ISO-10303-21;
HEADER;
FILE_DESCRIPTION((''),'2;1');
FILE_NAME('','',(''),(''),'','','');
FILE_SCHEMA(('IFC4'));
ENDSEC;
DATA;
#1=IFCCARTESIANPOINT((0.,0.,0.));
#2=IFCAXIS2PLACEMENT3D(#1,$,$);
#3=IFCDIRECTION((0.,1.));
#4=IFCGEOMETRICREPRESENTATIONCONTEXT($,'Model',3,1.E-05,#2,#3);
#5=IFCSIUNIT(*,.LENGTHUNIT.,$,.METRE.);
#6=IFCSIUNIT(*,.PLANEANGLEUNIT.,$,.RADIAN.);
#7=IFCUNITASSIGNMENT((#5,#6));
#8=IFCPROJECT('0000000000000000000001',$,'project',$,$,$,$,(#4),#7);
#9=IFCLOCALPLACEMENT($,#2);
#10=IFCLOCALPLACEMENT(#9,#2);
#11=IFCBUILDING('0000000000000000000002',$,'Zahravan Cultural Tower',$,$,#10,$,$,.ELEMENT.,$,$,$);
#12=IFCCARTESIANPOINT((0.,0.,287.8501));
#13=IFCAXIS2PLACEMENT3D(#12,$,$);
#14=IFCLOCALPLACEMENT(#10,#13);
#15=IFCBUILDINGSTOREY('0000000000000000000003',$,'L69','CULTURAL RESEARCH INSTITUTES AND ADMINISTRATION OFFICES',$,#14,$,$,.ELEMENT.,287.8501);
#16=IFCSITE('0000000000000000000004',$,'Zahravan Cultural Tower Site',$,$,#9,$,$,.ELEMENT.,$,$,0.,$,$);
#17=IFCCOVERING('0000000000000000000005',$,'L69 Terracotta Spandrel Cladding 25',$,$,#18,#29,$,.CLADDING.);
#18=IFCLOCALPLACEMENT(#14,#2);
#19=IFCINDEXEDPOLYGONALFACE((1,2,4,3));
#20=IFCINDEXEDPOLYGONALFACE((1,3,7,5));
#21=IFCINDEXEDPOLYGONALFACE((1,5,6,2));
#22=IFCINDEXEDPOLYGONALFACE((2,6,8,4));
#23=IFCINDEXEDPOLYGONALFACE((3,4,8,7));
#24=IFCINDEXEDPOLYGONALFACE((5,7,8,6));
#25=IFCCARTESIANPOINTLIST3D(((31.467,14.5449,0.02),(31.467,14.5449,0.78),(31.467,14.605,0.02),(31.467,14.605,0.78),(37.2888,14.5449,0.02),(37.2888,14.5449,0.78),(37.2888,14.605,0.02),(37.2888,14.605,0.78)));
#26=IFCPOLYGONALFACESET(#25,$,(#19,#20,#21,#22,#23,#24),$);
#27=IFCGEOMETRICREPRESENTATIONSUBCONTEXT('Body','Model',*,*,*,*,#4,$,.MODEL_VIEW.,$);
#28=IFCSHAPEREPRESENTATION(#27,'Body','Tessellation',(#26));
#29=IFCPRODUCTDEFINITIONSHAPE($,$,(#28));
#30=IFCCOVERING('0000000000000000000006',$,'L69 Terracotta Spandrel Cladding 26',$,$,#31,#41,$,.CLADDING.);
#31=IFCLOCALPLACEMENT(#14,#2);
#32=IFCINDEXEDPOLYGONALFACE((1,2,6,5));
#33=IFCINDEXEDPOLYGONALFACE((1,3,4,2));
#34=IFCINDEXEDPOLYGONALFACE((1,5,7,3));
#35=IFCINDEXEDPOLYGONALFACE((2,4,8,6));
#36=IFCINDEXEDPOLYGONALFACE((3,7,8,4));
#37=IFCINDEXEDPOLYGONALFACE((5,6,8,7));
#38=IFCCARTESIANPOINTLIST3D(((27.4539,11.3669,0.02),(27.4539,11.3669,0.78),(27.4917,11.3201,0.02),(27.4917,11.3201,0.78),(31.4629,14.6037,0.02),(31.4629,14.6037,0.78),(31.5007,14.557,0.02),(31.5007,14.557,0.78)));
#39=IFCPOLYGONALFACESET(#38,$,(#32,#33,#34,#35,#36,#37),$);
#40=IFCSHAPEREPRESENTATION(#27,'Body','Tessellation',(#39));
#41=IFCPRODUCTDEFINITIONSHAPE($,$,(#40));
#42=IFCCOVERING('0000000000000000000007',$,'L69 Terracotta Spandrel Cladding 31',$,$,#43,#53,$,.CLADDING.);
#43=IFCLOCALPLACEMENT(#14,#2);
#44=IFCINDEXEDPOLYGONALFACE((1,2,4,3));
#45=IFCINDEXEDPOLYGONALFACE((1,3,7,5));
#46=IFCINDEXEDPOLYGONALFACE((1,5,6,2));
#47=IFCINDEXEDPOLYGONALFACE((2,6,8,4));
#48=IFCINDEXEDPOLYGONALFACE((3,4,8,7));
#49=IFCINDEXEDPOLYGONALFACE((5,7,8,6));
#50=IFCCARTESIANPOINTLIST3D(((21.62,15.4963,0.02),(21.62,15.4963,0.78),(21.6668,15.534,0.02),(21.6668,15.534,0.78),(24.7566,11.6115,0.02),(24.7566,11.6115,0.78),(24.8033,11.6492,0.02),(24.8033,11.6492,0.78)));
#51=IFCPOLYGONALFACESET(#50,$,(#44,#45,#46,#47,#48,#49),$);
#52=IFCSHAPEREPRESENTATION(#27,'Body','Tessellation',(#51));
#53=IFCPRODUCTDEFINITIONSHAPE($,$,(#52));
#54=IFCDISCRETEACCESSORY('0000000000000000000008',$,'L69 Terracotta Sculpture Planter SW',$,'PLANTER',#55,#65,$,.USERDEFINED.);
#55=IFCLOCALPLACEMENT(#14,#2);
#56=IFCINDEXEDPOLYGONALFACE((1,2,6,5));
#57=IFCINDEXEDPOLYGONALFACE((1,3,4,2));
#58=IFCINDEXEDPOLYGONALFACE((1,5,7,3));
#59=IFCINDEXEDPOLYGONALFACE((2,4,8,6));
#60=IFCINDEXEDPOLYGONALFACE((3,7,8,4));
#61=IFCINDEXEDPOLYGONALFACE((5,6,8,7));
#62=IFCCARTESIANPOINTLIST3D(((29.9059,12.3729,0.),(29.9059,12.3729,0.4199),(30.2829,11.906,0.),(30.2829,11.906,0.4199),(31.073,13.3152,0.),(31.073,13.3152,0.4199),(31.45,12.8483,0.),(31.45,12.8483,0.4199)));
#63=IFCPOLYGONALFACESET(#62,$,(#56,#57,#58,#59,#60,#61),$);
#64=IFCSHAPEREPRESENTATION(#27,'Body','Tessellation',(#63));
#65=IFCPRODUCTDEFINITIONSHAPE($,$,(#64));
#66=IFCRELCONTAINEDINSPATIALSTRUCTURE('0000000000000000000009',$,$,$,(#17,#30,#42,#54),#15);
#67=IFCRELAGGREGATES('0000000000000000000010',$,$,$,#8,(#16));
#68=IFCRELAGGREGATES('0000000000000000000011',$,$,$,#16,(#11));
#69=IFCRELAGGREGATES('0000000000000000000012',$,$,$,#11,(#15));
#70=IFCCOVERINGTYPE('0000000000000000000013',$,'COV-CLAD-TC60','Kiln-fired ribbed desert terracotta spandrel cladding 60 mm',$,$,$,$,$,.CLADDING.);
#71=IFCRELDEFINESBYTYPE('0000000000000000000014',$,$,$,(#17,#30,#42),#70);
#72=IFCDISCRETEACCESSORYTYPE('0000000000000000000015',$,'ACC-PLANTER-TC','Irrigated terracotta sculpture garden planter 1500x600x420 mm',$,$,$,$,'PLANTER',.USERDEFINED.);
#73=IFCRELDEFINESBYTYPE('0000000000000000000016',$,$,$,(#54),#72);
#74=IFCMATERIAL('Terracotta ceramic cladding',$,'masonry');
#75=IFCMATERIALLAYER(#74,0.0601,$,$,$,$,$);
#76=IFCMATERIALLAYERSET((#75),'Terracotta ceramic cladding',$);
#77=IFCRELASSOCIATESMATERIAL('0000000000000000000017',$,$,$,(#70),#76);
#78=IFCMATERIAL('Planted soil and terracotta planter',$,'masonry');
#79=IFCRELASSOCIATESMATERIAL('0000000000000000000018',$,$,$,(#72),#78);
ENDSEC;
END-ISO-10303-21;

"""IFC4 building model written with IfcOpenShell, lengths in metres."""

from ifc_helpers import new_model, si_unit, direction, frame, origin, origin_2d, place, context, subcontext, project, spatial, rectangle, extrude, source, transform, mapped, material, layer, layer_set, type_object, element, save


model = new_model("IFC4")

# Units and contexts
model_context = context("Model", 3, precision=1e-05, world=origin(), true_north=direction((0.0, 1.0)))
body_context = subcontext(model_context, "Body", "Model", "MODEL_VIEW")
ifc_project = project(units=[si_unit("LENGTHUNIT", "METRE"), si_unit("PLANEANGLEUNIT", "RADIAN")], contexts=[model_context])

# Site, building, storey
site_placement = place(None, origin())
site = spatial("IfcSite", under=ifc_project, at=site_placement, Name="Zahravan Cultural Tower Site", CompositionType="ELEMENT", RefElevation=0.0)
building_placement = place(site_placement, origin())
building = spatial("IfcBuilding", under=site, at=building_placement, Name="Zahravan Cultural Tower", CompositionType="ELEMENT")
storey_placement = place(building_placement, frame((0.0, 0.0, 287.8501)))
storey = spatial("IfcBuildingStorey", under=building, at=storey_placement, Name="L69", Description="CULTURAL RESEARCH INSTITUTES AND ADMINISTRATION OFFICES", CompositionType="ELEMENT", Elevation=287.8501)

# Coverings
ifc_material_1 = material(Name="Terracotta ceramic cladding", Category="masonry")
ifc_layer_1 = layer(ifc_material_1, 0.0601)
ifc_layer_set_1 = layer_set([ifc_layer_1], Name="Terracotta ceramic cladding")
covering_type = type_object("IfcCoveringType", Name="COV-CLAD-TC60", Description="Kiln-fired ribbed desert terracotta spandrel cladding 60 mm", PredefinedType="CLADDING", material=ifc_layer_set_1)
shared_shape_1 = source(origin(), body_context, "Body", "SweptSolid", [
    extrude(rectangle(XDim=5.8218, YDim=0.0601, at=origin_2d()), origin(), (0.0, 0.0, 1.0), 0.76),
])
covering_1_placement = place(storey_placement, frame((34.3779, 14.575, 0.02), z_axis=(0.0, 0.0, 1.0), x_axis=(-1.0, 0.0, 0.0)))
element("IfcCovering", 1, at=covering_1_placement, inside=storey, type_object=covering_type, Name="L69 Terracotta Spandrel Cladding 25", PredefinedType="CLADDING", context=body_context, shape_type="MappedRepresentation", body=[
    mapped(shared_shape_1, transform((0.0, 0.0, 0.0), x_axis=(1.0, 0.0, 0.0), y_axis=(0.0, 1.0, 0.0), z_axis=(0.0, 0.0, 1.0), scale=1.0)),
])
shared_shape_2 = source(origin(), body_context, "Body", "SweptSolid", [
    extrude(rectangle(XDim=5.1526, YDim=0.0601, at=origin_2d()), origin(), (0.0, 0.0, 1.0), 0.76),
])
covering_2_placement = place(storey_placement, frame((29.4773, 12.9619, 0.02), z_axis=(0.0, 0.0, 1.0), x_axis=(-0.778057, -0.628194, 0.0)))
element("IfcCovering", 2, at=covering_2_placement, inside=storey, type_object=covering_type, Name="L69 Terracotta Spandrel Cladding 26", PredefinedType="CLADDING", context=body_context, shape_type="MappedRepresentation", body=[
    mapped(shared_shape_2, transform((0.0, 0.0, 0.0), x_axis=(1.0, 0.0, 0.0), y_axis=(0.0, 1.0, 0.0), z_axis=(0.0, 0.0, 1.0), scale=1.0)),
])
shared_shape_3 = source(origin(), body_context, "Body", "SweptSolid", [
    extrude(rectangle(XDim=4.9929, YDim=0.0601, at=origin_2d()), origin(), (0.0, 0.0, 1.0), 0.76),
])
covering_3_placement = place(storey_placement, frame((23.2117, 13.5728, 0.02), z_axis=(0.0, 0.0, 1.0), x_axis=(-0.628194, 0.778057, 0.0)))
element("IfcCovering", 3, at=covering_3_placement, inside=storey, type_object=covering_type, Name="L69 Terracotta Spandrel Cladding 31", PredefinedType="CLADDING", context=body_context, shape_type="MappedRepresentation", body=[
    mapped(shared_shape_3, transform((0.0, 0.0, 0.0), x_axis=(1.0, 0.0, 0.0), y_axis=(0.0, 1.0, 0.0), z_axis=(0.0, 0.0, 1.0), scale=1.0)),
])

# Discrete accessory
ifc_material_2 = material(Name="Planted soil and terracotta planter", Category="masonry")
discrete_accessory_type = type_object("IfcDiscreteAccessoryType", Name="ACC-PLANTER-TC", Description="Irrigated terracotta sculpture garden planter 1500x600x420 mm", ElementType="PLANTER", PredefinedType="USERDEFINED", material=ifc_material_2)
shared_shape_4 = source(origin(), body_context, "Body", "SweptSolid", [
    extrude(rectangle(XDim=1.5, YDim=0.6001, at=origin_2d()), origin(), (0.0, 0.0, 1.0), 0.4199),
])
discrete_accessory_placement = place(storey_placement, frame((30.678, 12.6106, 0.0), z_axis=(0.0, 0.0, 1.0), x_axis=(0.77806, 0.62819, 0.0)))
element("IfcDiscreteAccessory", 4, at=discrete_accessory_placement, inside=storey, type_object=discrete_accessory_type, Name="L69 Terracotta Sculpture Planter SW", ObjectType="PLANTER", PredefinedType="USERDEFINED", context=body_context, shape_type="MappedRepresentation", body=[
    mapped(shared_shape_4, transform((0.0, 0.0, 0.0), x_axis=(1.0, 0.0, 0.0), y_axis=(0.0, 1.0, 0.0), z_axis=(0.0, 0.0, 1.0), scale=1.0)),
])

save(model, "model.ifc")
